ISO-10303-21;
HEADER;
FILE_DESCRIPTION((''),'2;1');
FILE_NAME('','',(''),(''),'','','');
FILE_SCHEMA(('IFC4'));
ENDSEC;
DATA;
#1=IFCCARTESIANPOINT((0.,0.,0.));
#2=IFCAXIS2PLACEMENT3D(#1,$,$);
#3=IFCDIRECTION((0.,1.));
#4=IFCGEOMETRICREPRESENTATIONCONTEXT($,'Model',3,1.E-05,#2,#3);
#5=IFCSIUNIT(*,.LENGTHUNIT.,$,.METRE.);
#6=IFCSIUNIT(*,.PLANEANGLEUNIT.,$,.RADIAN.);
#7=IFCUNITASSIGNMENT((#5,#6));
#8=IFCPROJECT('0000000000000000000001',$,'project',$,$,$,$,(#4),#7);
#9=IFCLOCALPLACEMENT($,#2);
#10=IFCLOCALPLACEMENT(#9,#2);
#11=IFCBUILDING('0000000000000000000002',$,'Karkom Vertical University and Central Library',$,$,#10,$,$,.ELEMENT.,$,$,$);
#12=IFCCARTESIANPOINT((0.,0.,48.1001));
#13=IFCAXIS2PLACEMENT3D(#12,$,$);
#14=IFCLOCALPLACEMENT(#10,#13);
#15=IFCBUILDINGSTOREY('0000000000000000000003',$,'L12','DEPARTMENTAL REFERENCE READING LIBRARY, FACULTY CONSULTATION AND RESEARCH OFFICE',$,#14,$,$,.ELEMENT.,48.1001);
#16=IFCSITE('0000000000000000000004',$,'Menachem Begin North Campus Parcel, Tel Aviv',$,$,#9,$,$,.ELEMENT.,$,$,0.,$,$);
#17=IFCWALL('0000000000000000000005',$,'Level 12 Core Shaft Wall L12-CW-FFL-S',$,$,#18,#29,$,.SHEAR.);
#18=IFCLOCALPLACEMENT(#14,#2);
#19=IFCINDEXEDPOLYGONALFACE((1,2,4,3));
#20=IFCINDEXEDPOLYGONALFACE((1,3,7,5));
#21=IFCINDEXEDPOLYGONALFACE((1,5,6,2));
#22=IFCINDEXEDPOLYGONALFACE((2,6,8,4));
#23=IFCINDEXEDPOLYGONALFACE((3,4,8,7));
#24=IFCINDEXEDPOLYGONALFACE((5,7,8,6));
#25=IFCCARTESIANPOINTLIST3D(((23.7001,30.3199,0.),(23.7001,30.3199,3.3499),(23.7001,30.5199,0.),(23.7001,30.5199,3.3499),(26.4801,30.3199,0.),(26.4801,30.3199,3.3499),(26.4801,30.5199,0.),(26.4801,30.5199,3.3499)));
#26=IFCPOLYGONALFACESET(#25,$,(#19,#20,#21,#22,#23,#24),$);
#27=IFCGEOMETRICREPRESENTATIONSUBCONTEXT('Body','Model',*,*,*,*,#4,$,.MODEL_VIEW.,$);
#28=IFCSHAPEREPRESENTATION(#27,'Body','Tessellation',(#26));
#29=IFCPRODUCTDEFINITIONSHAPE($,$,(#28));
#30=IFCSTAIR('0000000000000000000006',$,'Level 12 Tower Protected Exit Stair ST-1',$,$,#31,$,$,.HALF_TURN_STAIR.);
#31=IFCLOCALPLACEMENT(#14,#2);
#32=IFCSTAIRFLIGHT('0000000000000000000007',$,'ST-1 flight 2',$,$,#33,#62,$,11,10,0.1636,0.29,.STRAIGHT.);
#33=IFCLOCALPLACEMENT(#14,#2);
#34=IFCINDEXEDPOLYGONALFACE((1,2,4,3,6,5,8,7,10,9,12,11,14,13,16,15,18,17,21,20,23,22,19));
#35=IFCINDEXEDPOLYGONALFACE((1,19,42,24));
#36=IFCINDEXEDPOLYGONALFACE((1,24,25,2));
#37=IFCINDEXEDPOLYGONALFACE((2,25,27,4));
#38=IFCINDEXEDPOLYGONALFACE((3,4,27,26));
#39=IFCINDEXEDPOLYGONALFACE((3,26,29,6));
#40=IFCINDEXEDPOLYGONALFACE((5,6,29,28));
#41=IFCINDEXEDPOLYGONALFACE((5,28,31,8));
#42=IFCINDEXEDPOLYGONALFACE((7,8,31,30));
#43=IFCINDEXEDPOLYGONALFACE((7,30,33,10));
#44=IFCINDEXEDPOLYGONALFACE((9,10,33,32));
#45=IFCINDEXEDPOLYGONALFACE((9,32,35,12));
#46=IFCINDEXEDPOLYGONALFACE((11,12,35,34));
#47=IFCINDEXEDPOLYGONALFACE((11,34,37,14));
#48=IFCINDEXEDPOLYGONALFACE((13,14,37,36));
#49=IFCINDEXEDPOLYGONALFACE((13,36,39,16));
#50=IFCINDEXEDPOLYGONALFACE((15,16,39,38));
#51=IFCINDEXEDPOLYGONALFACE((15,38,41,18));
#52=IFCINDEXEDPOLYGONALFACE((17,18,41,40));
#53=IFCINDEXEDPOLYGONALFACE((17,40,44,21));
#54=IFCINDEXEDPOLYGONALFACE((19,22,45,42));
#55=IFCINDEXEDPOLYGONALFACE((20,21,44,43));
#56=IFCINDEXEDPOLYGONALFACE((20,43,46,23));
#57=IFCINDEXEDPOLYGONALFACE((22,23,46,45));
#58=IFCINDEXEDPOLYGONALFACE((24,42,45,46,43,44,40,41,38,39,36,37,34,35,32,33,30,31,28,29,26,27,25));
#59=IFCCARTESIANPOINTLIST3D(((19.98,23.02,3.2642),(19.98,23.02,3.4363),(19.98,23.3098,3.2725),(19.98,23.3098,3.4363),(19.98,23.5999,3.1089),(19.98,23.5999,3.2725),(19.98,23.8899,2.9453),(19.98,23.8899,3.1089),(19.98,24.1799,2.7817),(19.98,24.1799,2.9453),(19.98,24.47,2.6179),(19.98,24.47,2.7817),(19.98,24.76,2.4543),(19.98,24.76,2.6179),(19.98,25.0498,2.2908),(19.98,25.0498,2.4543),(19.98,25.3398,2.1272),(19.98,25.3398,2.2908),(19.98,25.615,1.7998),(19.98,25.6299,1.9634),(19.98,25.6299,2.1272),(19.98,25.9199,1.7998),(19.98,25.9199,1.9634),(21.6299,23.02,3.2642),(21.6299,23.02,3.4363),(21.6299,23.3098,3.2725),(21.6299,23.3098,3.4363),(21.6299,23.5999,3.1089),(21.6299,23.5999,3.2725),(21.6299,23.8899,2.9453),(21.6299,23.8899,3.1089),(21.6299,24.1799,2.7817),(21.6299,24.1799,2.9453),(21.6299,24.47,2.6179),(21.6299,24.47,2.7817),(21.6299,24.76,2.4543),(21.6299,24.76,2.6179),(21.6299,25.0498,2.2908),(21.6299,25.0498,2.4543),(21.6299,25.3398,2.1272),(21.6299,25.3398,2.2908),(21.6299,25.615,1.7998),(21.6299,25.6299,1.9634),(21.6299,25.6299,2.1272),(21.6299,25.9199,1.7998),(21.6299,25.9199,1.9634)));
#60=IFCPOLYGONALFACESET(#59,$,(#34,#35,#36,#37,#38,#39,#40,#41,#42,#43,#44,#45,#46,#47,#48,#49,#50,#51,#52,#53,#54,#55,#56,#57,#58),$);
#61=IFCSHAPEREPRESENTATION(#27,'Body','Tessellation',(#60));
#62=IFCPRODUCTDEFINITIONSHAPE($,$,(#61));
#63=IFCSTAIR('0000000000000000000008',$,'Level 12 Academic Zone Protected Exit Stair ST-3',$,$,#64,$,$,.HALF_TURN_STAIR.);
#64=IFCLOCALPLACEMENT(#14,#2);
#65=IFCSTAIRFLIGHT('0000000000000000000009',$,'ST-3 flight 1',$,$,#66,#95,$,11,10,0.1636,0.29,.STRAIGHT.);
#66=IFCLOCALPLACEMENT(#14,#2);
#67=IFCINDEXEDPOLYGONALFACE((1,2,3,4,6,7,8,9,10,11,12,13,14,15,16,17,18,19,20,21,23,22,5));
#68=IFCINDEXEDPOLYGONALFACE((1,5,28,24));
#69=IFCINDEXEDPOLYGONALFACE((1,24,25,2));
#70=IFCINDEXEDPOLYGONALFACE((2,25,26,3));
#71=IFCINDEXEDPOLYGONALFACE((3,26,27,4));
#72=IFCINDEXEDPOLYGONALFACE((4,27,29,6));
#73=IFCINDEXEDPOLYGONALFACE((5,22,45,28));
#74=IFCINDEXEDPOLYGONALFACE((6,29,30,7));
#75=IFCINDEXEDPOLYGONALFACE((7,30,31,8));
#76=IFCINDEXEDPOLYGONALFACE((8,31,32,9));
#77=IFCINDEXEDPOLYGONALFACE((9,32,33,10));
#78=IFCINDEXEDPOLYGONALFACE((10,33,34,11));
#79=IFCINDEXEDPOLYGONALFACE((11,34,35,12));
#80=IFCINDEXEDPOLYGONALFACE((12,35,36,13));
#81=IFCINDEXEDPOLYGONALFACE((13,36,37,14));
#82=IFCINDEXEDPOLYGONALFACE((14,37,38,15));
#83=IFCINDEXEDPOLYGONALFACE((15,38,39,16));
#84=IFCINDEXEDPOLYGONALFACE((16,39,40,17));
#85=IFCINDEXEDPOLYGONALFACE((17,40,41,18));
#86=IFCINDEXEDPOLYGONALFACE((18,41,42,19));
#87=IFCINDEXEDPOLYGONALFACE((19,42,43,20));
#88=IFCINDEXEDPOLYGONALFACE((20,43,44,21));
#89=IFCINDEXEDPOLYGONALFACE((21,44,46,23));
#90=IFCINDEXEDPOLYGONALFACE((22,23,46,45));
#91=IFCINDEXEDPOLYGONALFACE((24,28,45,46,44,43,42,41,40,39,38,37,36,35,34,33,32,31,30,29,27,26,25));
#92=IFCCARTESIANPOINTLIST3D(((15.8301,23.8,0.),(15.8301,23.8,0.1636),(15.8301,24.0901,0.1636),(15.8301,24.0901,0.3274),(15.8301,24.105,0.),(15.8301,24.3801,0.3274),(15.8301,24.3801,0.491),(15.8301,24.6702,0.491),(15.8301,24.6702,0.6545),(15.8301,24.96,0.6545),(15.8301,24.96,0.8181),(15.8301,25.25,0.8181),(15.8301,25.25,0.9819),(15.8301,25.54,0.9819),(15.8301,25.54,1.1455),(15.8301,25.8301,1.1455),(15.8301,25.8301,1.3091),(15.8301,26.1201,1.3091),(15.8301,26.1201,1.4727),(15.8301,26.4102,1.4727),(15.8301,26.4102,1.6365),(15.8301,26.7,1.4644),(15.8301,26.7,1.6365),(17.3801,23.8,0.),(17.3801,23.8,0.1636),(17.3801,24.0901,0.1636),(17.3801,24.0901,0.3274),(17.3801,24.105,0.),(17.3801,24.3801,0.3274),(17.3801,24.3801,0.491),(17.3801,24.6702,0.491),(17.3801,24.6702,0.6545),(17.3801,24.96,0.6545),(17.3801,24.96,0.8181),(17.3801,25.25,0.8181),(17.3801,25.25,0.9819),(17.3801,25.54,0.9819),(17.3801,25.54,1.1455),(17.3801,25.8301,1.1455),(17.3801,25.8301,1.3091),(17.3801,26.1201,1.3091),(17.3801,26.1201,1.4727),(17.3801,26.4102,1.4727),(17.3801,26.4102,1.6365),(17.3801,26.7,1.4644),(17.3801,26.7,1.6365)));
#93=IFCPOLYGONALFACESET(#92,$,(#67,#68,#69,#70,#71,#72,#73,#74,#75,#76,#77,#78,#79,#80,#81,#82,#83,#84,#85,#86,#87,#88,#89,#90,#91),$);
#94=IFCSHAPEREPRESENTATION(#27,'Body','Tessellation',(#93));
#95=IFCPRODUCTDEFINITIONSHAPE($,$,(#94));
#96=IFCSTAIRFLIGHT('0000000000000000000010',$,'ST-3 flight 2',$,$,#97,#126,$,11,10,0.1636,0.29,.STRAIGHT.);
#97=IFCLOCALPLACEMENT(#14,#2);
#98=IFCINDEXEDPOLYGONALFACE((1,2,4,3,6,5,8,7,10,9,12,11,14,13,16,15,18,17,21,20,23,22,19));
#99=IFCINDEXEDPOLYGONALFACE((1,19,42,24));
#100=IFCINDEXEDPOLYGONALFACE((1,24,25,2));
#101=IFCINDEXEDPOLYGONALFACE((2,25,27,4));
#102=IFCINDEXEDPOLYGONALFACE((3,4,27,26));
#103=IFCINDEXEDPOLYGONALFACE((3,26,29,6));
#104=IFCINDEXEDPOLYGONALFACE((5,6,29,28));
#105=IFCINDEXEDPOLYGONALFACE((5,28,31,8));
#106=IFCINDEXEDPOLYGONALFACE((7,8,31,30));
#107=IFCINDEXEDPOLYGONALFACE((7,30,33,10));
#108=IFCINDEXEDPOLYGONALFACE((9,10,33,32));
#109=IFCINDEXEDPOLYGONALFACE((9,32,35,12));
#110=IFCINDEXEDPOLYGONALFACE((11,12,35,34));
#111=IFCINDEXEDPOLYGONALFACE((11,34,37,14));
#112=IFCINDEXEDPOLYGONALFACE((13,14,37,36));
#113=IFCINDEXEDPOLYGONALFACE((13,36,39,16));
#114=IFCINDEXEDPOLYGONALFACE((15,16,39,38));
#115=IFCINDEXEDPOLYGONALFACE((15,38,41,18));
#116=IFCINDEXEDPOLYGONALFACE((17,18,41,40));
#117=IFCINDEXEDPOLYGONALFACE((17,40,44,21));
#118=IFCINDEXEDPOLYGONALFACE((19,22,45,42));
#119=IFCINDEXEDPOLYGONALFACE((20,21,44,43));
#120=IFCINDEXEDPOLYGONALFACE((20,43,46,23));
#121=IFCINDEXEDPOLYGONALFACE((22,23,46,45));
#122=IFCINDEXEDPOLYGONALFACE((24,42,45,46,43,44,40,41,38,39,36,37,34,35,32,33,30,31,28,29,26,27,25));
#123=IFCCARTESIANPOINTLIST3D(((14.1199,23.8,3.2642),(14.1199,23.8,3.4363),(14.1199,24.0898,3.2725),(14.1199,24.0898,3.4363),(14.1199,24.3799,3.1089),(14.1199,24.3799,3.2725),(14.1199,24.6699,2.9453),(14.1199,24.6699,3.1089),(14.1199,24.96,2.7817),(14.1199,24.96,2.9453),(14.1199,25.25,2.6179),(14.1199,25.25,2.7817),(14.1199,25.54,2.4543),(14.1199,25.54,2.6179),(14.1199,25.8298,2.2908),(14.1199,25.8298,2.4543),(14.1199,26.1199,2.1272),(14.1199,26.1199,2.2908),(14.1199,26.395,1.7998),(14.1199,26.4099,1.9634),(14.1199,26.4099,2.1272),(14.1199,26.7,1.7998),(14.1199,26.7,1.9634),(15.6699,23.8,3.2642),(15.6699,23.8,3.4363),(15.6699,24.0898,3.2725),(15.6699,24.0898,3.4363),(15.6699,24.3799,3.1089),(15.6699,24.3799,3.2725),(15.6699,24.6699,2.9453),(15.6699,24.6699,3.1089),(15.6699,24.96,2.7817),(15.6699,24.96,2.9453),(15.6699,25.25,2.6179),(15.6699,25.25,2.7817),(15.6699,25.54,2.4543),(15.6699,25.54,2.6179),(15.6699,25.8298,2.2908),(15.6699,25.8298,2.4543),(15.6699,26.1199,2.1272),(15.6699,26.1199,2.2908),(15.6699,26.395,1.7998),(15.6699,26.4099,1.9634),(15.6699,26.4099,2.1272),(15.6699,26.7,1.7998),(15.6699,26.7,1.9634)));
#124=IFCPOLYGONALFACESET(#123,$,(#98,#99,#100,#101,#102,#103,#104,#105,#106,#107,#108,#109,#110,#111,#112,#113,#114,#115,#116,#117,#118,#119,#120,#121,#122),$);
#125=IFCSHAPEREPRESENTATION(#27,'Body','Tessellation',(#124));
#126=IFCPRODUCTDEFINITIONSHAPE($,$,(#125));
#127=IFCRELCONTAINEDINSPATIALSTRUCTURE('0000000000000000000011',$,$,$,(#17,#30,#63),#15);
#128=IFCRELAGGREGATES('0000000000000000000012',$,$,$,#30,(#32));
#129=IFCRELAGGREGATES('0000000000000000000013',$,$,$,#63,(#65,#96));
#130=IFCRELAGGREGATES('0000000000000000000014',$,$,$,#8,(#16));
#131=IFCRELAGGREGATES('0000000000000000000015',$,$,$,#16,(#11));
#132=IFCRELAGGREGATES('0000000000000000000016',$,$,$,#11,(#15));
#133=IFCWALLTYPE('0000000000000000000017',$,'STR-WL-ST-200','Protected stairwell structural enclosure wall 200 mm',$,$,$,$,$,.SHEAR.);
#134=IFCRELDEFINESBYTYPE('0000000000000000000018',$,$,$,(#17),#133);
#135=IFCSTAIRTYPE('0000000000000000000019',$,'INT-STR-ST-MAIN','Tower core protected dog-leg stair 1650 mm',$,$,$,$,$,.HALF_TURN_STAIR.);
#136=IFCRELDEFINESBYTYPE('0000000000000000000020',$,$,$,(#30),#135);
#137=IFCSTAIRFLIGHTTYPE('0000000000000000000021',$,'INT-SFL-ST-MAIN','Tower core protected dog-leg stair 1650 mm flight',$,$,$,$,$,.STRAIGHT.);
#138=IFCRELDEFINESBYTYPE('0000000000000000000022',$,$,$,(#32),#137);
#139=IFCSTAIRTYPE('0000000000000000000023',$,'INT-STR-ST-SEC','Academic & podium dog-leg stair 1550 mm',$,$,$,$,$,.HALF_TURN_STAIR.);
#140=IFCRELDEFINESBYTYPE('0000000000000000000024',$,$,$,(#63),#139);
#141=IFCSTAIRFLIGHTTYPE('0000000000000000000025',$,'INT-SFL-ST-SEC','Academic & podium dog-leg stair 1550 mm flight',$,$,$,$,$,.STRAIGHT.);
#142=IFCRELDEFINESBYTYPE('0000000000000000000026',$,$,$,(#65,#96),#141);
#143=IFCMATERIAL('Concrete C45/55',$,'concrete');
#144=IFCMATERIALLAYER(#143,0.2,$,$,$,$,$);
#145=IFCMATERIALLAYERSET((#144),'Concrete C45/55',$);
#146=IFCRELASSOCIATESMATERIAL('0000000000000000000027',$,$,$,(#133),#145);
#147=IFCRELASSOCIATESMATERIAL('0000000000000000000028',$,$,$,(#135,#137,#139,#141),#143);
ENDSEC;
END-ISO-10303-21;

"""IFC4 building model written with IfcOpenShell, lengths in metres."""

from ifc_helpers import new_model, si_unit, direction, frame, frame_2d, origin, place, context, subcontext, project, spatial, polyline, rectangle, outline, extrude, material, layer, layer_set, type_object, element, aggregate, save


model = new_model("IFC4")

# Units and contexts
model_context = context("Model", 3, precision=1e-05, world=origin(), true_north=direction((0.0, 1.0)))
body_context = subcontext(model_context, "Body", "Model", "MODEL_VIEW")
ifc_project = project(units=[si_unit("LENGTHUNIT", "METRE"), si_unit("PLANEANGLEUNIT", "RADIAN")], contexts=[model_context])

# Site, building, storey
site_placement = place(None, origin())
site = spatial("IfcSite", under=ifc_project, at=site_placement, Name="Menachem Begin North Campus Parcel, Tel Aviv", CompositionType="ELEMENT", RefElevation=0.0)
building_placement = place(site_placement, origin())
building = spatial("IfcBuilding", under=site, at=building_placement, Name="Karkom Vertical University and Central Library", CompositionType="ELEMENT")
storey_placement = place(building_placement, frame((0.0, 0.0, 48.1001)))
storey = spatial("IfcBuildingStorey", under=building, at=storey_placement, Name="L12", Description="DEPARTMENTAL REFERENCE READING LIBRARY, FACULTY CONSULTATION AND RESEARCH OFFICE", CompositionType="ELEMENT", Elevation=48.1001)

# Wall
ifc_material_1 = material(Name="Concrete C45/55", Category="concrete")
ifc_layer_1 = layer(ifc_material_1, 0.2)
ifc_layer_set_1 = layer_set([ifc_layer_1], Name="Concrete C45/55")
wall_type_1 = type_object("IfcWallType", Name="STR-WL-ST-200", Description="Protected stairwell structural enclosure wall 200 mm", PredefinedType="SHEAR", material=ifc_layer_set_1)
wall_1_placement = place(storey_placement, frame((23.7, 30.4199, 0.0), z_axis=(0.0, 0.0, 1.0), x_axis=(1.0, 0.0, 0.0)))
element("IfcWall", 1, at=wall_1_placement, inside=storey, type_object=wall_type_1, Name="Level 12 Core Shaft Wall L12-CW-FFL-S", PredefinedType="SHEAR", context=body_context, shape_type="SweptSolid", body=[
    extrude(rectangle(XDim=2.78, YDim=0.2, at=frame_2d((1.3901, 0.0))), origin(), (0.0, 0.0, 1.0), 3.3499),
])

# Stair, stair flight
stair_type_1 = type_object("IfcStairType", Name="INT-STR-ST-MAIN", Description="Tower core protected dog-leg stair 1650 mm", PredefinedType="HALF_TURN_STAIR", material=ifc_material_1)
stair_1_placement = place(storey_placement, origin())
stair_1 = element("IfcStair", 2, at=stair_1_placement, inside=storey, type_object=stair_type_1, Name="Level 12 Tower Protected Exit Stair ST-1", PredefinedType="HALF_TURN_STAIR")
stair_flight_type_1 = type_object("IfcStairFlightType", Name="INT-SFL-ST-MAIN", Description="Tower core protected dog-leg stair 1650 mm flight", PredefinedType="STRAIGHT", material=ifc_material_1)
stair_flight_1_placement = place(storey_placement, frame((20.8049, 25.9199, 1.7998), z_axis=(0.0, 0.0, 1.0), x_axis=(0.0, -1.0, 0.0)))
stair_flight_1 = element("IfcStairFlight", 3, at=stair_flight_1_placement, type_object=stair_flight_type_1, Name="ST-1 flight 2", NumberOfRisers=11, NumberOfTreads=10, PredefinedType="STRAIGHT", RiserHeight=0.1636, TreadLength=0.29, context=body_context, shape_type="SweptSolid", body=[
    extrude(outline(polyline([(0.0, 0.0), (0.0, 0.1636), (0.29, 0.1636), (0.29, 0.3274), (0.5801, 0.3274), (0.5801, 0.491), (0.8701, 0.491), (0.8701, 0.6545), (1.1599, 0.6545), (1.1599, 0.8181), (1.45, 0.8181), (1.45, 0.9819), (1.74, 0.9819), (1.74, 1.1455), (2.03, 1.1455), (2.03, 1.3091), (2.3201, 1.3091), (2.3201, 1.4727), (2.6101, 1.4727), (2.6101, 1.6365), (2.8999, 1.6365), (2.8999, 1.8), (2.8999, 1.4644), (0.3049, 0.0), (0.0, 0.0)])), frame((0.0, 0.825, 0.0), z_axis=(0.0, -1.0, 0.0), x_axis=(1.0, 0.0, 0.0)), (0.0, 0.0, 1.0), 1.6499),
])
aggregate(stair_1, [stair_flight_1])

# Stair, stair flights
stair_type_2 = type_object("IfcStairType", Name="INT-STR-ST-SEC", Description="Academic & podium dog-leg stair 1550 mm", PredefinedType="HALF_TURN_STAIR", material=ifc_material_1)
stair_2_placement = place(storey_placement, origin())
stair_2 = element("IfcStair", 4, at=stair_2_placement, inside=storey, type_object=stair_type_2, Name="Level 12 Academic Zone Protected Exit Stair ST-3", PredefinedType="HALF_TURN_STAIR")
stair_flight_type_2 = type_object("IfcStairFlightType", Name="INT-SFL-ST-SEC", Description="Academic & podium dog-leg stair 1550 mm flight", PredefinedType="STRAIGHT", material=ifc_material_1)
stair_flight_2_placement = place(storey_placement, frame((16.605, 23.8, 0.0), z_axis=(0.0, 0.0, 1.0), x_axis=(0.0, 1.0, 0.0)))
stair_flight_2 = element("IfcStairFlight", 5, at=stair_flight_2_placement, type_object=stair_flight_type_2, Name="ST-3 flight 1", NumberOfRisers=11, NumberOfTreads=10, PredefinedType="STRAIGHT", RiserHeight=0.1636, TreadLength=0.29, context=body_context, shape_type="SweptSolid", body=[
    extrude(outline(polyline([(0.0, 0.0), (0.0, 0.1636), (0.29, 0.1636), (0.29, 0.3274), (0.5801, 0.3274), (0.5801, 0.491), (0.8701, 0.491), (0.8701, 0.6545), (1.1599, 0.6545), (1.1599, 0.8181), (1.45, 0.8181), (1.45, 0.9819), (1.74, 0.9819), (1.74, 1.1455), (2.03, 1.1455), (2.03, 1.3091), (2.3201, 1.3091), (2.3201, 1.4727), (2.6101, 1.4727), (2.6101, 1.6365), (2.8999, 1.6365), (2.8999, 1.8), (2.8999, 1.4644), (0.3049, 0.0), (0.0, 0.0)])), frame((0.0, 0.7749, 0.0), z_axis=(0.0, -1.0, 0.0), x_axis=(1.0, 0.0, 0.0)), (0.0, 0.0, 1.0), 1.55),
])
stair_flight_3_placement = place(storey_placement, frame((14.895, 26.7, 1.7998), z_axis=(0.0, 0.0, 1.0), x_axis=(0.0, -1.0, 0.0)))
stair_flight_3 = element("IfcStairFlight", 6, at=stair_flight_3_placement, type_object=stair_flight_type_2, Name="ST-3 flight 2", NumberOfRisers=11, NumberOfTreads=10, PredefinedType="STRAIGHT", RiserHeight=0.1636, TreadLength=0.29, context=body_context, shape_type="SweptSolid", body=[
    extrude(outline(polyline([(0.0, 0.0), (0.0, 0.1636), (0.29, 0.1636), (0.29, 0.3274), (0.5801, 0.3274), (0.5801, 0.491), (0.8701, 0.491), (0.8701, 0.6545), (1.1599, 0.6545), (1.1599, 0.8181), (1.45, 0.8181), (1.45, 0.9819), (1.74, 0.9819), (1.74, 1.1455), (2.03, 1.1455), (2.03, 1.3091), (2.3201, 1.3091), (2.3201, 1.4727), (2.6101, 1.4727), (2.6101, 1.6365), (2.8999, 1.6365), (2.8999, 1.8), (2.8999, 1.4644), (0.3049, 0.0), (0.0, 0.0)])), frame((0.0, 0.7749, 0.0), z_axis=(0.0, -1.0, 0.0), x_axis=(1.0, 0.0, 0.0)), (0.0, 0.0, 1.0), 1.55),
])
aggregate(stair_2, [stair_flight_2, stair_flight_3])

save(model, "model.ifc")
